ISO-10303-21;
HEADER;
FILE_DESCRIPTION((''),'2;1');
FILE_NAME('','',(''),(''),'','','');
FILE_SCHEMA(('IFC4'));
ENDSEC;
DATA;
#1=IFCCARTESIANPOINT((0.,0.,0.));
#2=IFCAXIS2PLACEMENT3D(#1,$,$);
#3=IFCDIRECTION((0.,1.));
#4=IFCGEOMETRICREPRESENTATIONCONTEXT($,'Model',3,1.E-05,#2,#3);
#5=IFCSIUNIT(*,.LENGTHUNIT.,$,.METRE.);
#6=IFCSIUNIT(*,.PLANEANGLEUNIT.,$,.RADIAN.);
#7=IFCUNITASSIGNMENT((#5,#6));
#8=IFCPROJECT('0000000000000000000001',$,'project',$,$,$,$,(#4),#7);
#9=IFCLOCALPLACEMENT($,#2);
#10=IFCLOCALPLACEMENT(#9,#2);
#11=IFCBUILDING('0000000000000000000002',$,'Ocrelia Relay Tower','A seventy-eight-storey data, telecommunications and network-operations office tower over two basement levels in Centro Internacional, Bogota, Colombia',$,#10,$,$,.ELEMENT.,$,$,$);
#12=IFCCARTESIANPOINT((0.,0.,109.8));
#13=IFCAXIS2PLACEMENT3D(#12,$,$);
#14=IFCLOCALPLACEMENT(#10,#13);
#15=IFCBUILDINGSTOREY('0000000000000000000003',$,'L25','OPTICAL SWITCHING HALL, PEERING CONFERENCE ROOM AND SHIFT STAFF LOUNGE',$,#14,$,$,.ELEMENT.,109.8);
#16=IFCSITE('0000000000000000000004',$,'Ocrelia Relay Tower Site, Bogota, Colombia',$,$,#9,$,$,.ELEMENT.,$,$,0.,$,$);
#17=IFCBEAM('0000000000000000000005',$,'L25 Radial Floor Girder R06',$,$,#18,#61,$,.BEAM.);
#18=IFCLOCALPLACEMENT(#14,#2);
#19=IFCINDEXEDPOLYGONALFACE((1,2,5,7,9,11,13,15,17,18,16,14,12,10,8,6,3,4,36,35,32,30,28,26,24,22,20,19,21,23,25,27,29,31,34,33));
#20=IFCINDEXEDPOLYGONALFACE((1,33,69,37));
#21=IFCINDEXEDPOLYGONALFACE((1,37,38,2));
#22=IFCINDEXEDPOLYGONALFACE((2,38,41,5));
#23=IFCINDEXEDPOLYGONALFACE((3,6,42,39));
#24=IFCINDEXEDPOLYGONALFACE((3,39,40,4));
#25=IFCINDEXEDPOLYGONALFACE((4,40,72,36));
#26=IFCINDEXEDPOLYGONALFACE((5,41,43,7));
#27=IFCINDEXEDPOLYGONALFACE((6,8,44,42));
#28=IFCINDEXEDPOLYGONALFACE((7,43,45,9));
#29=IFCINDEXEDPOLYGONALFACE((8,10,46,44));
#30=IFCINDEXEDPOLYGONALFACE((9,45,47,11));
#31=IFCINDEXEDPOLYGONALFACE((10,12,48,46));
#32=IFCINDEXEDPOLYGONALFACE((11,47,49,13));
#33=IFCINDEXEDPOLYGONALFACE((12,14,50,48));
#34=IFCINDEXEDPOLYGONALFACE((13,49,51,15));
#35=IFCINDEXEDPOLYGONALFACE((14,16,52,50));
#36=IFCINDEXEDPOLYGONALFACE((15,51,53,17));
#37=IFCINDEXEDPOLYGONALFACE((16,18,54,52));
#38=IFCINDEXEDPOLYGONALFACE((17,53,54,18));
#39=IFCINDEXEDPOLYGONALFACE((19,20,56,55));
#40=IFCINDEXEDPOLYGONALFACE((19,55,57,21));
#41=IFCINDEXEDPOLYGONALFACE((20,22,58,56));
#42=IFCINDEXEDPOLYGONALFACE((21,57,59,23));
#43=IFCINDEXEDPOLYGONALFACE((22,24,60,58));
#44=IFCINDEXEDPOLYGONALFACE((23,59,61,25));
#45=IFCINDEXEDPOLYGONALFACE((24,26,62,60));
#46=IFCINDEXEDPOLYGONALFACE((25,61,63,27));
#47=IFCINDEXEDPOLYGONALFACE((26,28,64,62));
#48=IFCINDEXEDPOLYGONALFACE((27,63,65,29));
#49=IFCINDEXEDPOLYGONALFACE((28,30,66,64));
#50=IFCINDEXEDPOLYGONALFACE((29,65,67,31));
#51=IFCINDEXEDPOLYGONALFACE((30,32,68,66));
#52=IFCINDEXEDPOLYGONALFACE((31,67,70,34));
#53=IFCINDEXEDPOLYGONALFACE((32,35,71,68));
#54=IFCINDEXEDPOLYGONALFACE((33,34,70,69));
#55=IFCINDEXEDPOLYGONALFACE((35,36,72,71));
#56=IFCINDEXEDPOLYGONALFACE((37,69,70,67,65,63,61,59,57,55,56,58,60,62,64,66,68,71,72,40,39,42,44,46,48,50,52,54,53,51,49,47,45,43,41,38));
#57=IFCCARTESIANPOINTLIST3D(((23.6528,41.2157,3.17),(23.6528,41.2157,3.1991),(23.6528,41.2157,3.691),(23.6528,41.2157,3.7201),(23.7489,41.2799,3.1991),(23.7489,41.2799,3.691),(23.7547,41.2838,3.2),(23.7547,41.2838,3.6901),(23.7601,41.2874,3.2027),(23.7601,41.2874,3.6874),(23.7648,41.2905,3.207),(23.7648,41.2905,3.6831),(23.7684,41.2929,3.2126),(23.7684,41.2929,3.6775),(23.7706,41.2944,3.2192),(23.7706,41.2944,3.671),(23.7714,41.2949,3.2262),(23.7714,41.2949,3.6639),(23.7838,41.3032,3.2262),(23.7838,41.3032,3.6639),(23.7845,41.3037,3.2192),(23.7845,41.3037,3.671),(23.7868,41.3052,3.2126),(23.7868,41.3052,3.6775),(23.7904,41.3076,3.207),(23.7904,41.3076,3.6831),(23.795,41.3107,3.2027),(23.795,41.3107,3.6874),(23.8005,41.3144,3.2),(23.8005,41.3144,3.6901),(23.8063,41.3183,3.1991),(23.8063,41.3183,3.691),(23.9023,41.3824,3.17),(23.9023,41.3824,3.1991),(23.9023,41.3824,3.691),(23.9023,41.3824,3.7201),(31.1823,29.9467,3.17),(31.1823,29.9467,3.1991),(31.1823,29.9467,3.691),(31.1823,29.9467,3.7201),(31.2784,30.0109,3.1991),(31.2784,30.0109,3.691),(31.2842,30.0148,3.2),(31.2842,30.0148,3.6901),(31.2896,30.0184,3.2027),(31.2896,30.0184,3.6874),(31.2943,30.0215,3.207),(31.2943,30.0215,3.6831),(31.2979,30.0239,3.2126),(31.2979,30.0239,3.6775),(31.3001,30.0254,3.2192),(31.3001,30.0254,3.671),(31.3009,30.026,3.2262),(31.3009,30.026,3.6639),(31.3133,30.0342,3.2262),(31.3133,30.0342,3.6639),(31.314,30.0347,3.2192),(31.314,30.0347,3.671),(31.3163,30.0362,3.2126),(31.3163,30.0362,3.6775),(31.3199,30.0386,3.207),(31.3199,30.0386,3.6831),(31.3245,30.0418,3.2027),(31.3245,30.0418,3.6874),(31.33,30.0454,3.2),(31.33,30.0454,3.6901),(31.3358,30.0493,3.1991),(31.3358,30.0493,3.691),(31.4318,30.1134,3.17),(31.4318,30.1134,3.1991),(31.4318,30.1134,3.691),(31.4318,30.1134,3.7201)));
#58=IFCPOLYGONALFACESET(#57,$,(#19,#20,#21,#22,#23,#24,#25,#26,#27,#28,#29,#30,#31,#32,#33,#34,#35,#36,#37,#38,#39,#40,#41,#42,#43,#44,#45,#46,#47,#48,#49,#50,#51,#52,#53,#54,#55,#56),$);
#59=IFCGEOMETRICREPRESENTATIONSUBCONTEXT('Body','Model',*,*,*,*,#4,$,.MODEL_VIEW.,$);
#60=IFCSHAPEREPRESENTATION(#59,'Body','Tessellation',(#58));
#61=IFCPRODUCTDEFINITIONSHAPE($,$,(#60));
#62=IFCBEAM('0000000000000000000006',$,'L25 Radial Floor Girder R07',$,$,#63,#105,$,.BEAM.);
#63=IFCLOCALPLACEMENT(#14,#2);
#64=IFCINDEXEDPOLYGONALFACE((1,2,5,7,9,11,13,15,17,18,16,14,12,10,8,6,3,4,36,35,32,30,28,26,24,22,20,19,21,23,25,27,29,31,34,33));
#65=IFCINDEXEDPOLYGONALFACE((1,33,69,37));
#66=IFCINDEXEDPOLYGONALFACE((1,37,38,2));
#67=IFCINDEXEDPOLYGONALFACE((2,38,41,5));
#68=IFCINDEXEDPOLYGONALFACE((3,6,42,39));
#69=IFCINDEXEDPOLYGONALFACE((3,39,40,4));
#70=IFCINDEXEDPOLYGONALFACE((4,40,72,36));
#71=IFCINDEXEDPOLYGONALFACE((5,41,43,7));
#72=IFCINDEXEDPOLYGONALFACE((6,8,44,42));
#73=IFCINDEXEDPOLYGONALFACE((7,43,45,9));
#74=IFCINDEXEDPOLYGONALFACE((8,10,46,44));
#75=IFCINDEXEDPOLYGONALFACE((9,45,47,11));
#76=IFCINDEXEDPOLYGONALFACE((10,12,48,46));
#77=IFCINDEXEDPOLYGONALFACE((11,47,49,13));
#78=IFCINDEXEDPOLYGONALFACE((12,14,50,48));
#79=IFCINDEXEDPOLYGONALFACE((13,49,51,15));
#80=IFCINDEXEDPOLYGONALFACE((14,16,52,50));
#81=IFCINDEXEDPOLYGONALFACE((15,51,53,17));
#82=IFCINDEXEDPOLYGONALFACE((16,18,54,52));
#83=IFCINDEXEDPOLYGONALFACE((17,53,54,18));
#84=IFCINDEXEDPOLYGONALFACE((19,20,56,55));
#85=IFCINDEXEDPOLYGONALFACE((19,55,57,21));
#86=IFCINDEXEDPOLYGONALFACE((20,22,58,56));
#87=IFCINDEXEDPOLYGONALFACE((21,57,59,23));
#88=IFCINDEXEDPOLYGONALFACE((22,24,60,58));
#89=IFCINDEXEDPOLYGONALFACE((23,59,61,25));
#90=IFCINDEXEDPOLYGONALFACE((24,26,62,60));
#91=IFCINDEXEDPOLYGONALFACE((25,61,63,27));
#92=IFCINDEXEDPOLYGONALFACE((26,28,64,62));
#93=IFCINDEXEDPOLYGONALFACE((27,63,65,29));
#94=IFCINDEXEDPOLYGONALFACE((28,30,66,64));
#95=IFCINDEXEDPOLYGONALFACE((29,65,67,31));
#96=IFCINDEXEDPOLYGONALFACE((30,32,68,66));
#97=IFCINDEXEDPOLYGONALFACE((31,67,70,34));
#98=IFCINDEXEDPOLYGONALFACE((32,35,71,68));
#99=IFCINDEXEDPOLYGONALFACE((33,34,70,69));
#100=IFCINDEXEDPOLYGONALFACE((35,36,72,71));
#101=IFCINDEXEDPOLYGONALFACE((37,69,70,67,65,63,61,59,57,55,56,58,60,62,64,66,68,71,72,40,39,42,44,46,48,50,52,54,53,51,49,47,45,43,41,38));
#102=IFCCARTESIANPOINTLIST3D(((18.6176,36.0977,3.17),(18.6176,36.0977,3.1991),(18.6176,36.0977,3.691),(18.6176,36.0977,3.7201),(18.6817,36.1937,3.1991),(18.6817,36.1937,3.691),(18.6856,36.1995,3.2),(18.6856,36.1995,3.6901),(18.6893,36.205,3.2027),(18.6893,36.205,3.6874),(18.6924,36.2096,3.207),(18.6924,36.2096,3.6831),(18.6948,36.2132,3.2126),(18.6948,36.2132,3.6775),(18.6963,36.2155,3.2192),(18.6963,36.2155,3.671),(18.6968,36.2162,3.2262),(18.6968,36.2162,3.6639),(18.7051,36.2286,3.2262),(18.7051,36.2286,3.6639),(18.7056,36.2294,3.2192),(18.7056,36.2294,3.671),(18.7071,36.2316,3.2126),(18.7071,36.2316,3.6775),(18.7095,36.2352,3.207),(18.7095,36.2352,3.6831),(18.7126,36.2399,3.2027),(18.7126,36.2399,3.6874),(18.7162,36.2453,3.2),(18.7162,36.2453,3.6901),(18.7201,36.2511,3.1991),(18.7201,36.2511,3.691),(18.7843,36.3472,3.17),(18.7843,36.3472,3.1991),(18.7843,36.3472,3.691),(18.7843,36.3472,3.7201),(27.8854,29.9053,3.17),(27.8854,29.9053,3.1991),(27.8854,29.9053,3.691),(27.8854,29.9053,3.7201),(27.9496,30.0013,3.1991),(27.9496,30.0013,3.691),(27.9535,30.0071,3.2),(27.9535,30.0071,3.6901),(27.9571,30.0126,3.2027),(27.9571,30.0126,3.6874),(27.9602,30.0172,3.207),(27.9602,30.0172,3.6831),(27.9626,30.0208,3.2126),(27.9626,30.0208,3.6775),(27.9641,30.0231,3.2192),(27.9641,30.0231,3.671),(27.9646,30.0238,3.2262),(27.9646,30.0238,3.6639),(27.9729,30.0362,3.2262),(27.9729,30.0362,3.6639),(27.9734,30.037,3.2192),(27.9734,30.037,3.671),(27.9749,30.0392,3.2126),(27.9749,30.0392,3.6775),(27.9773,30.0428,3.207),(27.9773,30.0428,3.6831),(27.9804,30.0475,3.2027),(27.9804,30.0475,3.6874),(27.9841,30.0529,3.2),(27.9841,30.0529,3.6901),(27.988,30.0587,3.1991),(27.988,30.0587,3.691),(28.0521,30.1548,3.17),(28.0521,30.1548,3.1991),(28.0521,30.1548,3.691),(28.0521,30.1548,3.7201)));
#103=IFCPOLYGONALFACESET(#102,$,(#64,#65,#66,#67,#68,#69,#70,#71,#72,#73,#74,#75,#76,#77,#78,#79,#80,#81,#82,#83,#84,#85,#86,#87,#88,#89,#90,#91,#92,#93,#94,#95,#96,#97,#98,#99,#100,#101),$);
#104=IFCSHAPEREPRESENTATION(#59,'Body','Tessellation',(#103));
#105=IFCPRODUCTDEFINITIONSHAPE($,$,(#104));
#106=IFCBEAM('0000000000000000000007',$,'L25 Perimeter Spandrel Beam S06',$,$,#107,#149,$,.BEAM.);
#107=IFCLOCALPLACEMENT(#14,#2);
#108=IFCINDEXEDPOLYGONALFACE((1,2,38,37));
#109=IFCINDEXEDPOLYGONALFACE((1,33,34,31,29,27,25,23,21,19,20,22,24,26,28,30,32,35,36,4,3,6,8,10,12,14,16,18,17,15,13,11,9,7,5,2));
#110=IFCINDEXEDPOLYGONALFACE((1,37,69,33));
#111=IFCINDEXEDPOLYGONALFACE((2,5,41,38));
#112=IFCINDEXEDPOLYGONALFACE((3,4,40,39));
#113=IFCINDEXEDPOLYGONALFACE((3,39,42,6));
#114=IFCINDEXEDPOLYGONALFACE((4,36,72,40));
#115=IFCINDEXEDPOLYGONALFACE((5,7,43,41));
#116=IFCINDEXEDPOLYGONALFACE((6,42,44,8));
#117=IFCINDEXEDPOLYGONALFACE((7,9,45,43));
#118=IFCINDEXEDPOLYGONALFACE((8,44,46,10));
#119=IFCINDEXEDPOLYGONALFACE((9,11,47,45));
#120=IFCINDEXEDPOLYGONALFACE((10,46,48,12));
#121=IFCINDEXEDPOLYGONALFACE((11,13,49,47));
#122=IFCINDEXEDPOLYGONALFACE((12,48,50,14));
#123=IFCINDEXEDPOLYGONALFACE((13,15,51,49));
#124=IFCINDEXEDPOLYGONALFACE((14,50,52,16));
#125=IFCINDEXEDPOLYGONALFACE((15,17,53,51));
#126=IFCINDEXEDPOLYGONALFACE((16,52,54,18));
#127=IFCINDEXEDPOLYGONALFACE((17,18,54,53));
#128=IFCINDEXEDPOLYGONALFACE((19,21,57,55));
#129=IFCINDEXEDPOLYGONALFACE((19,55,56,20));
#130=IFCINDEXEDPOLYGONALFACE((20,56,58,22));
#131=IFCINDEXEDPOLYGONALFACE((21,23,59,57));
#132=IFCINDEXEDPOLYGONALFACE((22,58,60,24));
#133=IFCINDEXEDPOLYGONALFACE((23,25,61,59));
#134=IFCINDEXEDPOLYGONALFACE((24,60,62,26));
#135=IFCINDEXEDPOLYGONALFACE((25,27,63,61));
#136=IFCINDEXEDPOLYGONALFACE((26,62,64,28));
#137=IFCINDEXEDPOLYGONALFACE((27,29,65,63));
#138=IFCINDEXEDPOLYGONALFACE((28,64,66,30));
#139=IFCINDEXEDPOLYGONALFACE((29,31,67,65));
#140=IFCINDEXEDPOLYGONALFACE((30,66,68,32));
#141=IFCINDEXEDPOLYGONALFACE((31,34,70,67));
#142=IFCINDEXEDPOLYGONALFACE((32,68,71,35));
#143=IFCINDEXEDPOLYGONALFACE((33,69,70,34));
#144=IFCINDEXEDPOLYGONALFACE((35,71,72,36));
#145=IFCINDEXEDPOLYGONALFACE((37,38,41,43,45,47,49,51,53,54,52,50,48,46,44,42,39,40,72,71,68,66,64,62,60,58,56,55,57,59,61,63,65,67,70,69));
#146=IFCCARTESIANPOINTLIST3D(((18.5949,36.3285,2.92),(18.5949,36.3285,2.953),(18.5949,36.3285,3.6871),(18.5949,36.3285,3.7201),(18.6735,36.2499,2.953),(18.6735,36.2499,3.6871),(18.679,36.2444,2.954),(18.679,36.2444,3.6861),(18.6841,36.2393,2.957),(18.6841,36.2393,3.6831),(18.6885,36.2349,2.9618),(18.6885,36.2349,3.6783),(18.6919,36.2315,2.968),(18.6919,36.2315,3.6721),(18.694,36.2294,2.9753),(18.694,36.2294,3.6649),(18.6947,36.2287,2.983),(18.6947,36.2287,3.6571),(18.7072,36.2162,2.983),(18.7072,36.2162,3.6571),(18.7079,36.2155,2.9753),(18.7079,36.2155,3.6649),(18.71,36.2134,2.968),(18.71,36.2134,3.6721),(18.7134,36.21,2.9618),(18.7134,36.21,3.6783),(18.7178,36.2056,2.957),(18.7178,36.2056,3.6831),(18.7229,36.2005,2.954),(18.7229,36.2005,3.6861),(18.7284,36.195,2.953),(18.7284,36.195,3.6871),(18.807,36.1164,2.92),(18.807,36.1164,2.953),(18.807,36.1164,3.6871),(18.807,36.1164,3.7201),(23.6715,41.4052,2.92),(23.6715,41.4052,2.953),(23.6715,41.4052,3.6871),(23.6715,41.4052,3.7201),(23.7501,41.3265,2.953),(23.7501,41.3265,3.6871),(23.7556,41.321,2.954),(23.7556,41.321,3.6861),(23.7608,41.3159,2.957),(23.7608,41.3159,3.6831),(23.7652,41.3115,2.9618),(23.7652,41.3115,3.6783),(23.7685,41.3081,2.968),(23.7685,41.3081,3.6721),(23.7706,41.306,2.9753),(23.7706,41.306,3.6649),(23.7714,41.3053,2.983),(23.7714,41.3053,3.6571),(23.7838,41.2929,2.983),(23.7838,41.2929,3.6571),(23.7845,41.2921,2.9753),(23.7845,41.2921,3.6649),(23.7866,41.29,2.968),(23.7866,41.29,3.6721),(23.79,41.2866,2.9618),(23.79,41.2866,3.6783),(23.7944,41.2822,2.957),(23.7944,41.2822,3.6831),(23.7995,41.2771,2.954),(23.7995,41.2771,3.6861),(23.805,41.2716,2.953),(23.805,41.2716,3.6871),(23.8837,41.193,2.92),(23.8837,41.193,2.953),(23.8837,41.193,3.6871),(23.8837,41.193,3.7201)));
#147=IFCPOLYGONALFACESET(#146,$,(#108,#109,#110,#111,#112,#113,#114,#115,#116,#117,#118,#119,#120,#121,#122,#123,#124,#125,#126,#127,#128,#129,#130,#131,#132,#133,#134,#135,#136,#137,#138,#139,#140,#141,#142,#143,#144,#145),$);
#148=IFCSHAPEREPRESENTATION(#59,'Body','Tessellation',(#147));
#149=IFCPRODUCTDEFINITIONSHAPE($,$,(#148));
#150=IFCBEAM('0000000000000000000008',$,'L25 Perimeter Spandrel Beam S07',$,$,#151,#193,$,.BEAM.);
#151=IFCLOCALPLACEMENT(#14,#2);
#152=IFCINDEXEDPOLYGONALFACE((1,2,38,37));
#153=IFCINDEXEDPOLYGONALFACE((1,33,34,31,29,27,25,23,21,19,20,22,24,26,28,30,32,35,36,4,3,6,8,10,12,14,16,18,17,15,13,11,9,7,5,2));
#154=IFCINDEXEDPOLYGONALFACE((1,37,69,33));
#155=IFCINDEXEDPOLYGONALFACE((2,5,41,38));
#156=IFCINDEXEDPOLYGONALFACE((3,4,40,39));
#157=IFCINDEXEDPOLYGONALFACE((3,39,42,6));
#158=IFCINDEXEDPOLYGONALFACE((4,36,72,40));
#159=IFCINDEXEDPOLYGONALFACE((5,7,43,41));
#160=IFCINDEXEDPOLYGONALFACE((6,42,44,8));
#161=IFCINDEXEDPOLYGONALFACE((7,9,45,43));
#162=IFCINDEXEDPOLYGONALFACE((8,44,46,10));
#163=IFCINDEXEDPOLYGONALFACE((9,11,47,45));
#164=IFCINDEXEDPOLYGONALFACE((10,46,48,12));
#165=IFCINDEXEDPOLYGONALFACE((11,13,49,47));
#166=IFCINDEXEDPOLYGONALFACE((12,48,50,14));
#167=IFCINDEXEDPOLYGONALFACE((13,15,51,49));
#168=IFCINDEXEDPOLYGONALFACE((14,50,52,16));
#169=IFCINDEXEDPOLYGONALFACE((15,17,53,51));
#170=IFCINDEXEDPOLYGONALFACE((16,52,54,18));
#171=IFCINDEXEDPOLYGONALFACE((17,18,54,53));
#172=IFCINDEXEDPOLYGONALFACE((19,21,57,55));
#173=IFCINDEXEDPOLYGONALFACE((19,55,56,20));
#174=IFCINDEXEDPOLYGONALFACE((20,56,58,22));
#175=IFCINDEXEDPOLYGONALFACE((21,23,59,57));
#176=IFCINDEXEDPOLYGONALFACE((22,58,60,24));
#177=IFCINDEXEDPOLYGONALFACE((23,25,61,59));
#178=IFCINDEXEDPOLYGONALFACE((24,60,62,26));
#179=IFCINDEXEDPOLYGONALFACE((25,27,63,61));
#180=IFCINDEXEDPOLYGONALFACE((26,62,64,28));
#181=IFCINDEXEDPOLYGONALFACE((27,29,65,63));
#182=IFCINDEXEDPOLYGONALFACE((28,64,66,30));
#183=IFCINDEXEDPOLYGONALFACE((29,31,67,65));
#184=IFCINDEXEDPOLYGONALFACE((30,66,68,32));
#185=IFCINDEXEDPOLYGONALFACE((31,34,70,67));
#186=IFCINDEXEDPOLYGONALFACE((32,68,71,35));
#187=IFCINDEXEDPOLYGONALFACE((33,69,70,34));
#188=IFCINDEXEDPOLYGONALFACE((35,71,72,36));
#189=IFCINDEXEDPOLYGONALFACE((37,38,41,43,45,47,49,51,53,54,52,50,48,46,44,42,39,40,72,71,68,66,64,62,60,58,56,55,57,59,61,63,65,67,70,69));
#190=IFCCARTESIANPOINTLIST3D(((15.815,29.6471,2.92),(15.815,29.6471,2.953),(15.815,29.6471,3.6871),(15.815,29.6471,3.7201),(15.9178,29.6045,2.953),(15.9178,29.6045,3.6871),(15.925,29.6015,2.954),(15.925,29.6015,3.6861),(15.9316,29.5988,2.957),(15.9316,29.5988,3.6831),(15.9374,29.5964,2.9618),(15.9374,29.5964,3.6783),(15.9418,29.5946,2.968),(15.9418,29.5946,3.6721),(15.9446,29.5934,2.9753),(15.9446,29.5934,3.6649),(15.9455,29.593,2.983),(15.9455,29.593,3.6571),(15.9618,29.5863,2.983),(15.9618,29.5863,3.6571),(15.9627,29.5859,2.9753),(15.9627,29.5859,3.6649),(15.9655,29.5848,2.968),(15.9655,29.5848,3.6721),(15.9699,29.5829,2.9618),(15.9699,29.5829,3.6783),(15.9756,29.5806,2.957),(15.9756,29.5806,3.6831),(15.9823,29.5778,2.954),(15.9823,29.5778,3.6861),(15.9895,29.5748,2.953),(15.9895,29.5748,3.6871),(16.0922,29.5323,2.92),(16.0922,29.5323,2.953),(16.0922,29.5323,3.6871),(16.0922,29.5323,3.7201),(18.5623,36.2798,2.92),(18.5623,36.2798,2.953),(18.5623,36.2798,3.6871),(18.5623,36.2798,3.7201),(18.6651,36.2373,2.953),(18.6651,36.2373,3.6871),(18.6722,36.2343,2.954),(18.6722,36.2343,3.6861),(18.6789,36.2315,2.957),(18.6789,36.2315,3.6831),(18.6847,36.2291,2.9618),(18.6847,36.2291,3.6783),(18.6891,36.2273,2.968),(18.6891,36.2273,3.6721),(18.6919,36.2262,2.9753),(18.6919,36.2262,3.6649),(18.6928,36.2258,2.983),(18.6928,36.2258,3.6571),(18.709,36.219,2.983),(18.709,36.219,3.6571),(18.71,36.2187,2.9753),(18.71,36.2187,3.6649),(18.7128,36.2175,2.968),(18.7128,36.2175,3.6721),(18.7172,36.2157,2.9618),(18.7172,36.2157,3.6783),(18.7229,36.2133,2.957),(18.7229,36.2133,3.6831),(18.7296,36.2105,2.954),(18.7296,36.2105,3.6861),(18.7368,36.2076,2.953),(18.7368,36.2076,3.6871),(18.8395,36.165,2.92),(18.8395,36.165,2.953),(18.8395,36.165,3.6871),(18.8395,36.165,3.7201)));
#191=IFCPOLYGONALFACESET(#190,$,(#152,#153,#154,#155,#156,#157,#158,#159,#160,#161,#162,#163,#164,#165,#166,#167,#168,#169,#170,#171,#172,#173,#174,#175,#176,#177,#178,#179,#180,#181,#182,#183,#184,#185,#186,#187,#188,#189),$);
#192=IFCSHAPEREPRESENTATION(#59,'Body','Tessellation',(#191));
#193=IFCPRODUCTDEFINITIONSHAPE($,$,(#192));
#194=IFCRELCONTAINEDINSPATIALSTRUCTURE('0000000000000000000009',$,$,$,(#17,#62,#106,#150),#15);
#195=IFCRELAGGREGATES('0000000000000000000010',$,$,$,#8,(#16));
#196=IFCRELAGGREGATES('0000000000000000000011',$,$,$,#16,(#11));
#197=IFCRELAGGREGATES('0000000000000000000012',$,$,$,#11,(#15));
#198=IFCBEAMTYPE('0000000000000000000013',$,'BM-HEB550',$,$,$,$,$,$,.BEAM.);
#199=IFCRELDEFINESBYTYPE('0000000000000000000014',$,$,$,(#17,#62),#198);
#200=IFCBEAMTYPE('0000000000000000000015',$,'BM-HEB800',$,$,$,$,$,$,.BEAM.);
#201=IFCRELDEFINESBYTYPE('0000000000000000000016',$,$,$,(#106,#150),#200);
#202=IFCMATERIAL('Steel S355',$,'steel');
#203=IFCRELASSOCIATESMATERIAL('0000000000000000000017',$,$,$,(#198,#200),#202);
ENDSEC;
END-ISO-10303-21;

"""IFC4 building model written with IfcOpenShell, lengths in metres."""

from ifc_helpers import new_model, si_unit, direction, frame, origin, origin_2d, place, context, subcontext, project, spatial, i_section, extrude, material, material_profile, profile_set, type_object, element, save


model = new_model("IFC4")

# Units and contexts
model_context = context("Model", 3, precision=1e-05, world=origin(), true_north=direction((0.0, 1.0)))
body_context = subcontext(model_context, "Body", "Model", "MODEL_VIEW")
ifc_project = project(units=[si_unit("LENGTHUNIT", "METRE"), si_unit("PLANEANGLEUNIT", "RADIAN")], contexts=[model_context])

# Site, building, storey
site_placement = place(None, origin())
site = spatial("IfcSite", under=ifc_project, at=site_placement, Name="Ocrelia Relay Tower Site, Bogota, Colombia", CompositionType="ELEMENT", RefElevation=0.0)
building_placement = place(site_placement, origin())
building = spatial("IfcBuilding", under=site, at=building_placement, Name="Ocrelia Relay Tower", Description="A seventy-eight-storey data, telecommunications and network-operations office tower over two basement levels in Centro Internacional, Bogota, Colombia", CompositionType="ELEMENT")
storey_placement = place(building_placement, frame((0.0, 0.0, 109.8)))
storey = spatial("IfcBuildingStorey", under=building, at=storey_placement, Name="L25", Description="OPTICAL SWITCHING HALL, PEERING CONFERENCE ROOM AND SHIFT STAFF LOUNGE", CompositionType="ELEMENT", Elevation=109.8)

# Beams
ifc_material_1 = material(Name="Steel S355", Category="steel")
ifc_material_profile_1 = material_profile(ifc_material_1, i_section(OverallWidth=0.3, OverallDepth=0.55, WebThickness=0.0149, FlangeThickness=0.0291, FilletRadius=0.0271, at=origin_2d()), Name="HEB 550")
ifc_profile_set_1 = profile_set([ifc_material_profile_1], Name="Steel S355")
beam_type_1 = type_object("IfcBeamType", Name="BM-HEB550", PredefinedType="BEAM", material=ifc_profile_set_1)
beam_1_placement = place(storey_placement, frame((23.7776, 41.2991, 3.4451), z_axis=(0.55556, -0.831476, 0.0), x_axis=(0.831476, 0.55556, 0.0)))
element("IfcBeam", 1, at=beam_1_placement, inside=storey, type_object=beam_type_1, Name="L25 Radial Floor Girder R06", PredefinedType="BEAM", context=body_context, shape_type="SweptSolid", body=[
    extrude(i_section(OverallWidth=0.3, OverallDepth=0.55, WebThickness=0.0149, FlangeThickness=0.0291, FilletRadius=0.0271, at=origin_2d()), origin(), (0.0, 0.0, 1.0), 13.553),
])
beam_2_placement = place(storey_placement, frame((18.7009, 36.2224, 3.4451), z_axis=(0.831477, -0.555559, 0.0), x_axis=(0.555559, 0.831477, 0.0)))
element("IfcBeam", 2, at=beam_2_placement, inside=storey, type_object=beam_type_1, Name="L25 Radial Floor Girder R07", PredefinedType="BEAM", context=body_context, shape_type="SweptSolid", body=[
    extrude(i_section(OverallWidth=0.3, OverallDepth=0.55, WebThickness=0.0149, FlangeThickness=0.0291, FilletRadius=0.0271, at=origin_2d()), origin(), (0.0, 0.0, 1.0), 11.1462),
])
ifc_material_profile_2 = material_profile(ifc_material_1, i_section(OverallWidth=0.3, OverallDepth=0.8, WebThickness=0.0176, FlangeThickness=0.033, FilletRadius=0.03, at=origin_2d()), Name="HEB 800")
ifc_profile_set_2 = profile_set([ifc_material_profile_2], Name="Steel S355")
beam_type_2 = type_object("IfcBeamType", Name="BM-HEB800", PredefinedType="BEAM", material=ifc_profile_set_2)
beam_3_placement = place(storey_placement, frame((23.7776, 41.2991, 3.3201), z_axis=(-0.707107, -0.707107, 0.0), x_axis=(0.707107, -0.707107, 0.0)))
element("IfcBeam", 3, at=beam_3_placement, inside=storey, type_object=beam_type_2, Name="L25 Perimeter Spandrel Beam S06", PredefinedType="BEAM", context=body_context, shape_type="SweptSolid", body=[
    extrude(i_section(OverallWidth=0.3, OverallDepth=0.8, WebThickness=0.0176, FlangeThickness=0.033, FilletRadius=0.03, at=origin_2d()), origin(), (0.0, 0.0, 1.0), 7.1794),
])
beam_4_placement = place(storey_placement, frame((18.7009, 36.2224, 3.3201), z_axis=(-0.382673, -0.923884, 0.0), x_axis=(0.923884, -0.382673, 0.0)))
element("IfcBeam", 4, at=beam_4_placement, inside=storey, type_object=beam_type_2, Name="L25 Perimeter Spandrel Beam S07", PredefinedType="BEAM", context=body_context, shape_type="SweptSolid", body=[
    extrude(i_section(OverallWidth=0.3, OverallDepth=0.8, WebThickness=0.0176, FlangeThickness=0.033, FilletRadius=0.03, at=origin_2d()), origin(), (0.0, 0.0, 1.0), 7.1792),
])

save(model, "model.ifc")
